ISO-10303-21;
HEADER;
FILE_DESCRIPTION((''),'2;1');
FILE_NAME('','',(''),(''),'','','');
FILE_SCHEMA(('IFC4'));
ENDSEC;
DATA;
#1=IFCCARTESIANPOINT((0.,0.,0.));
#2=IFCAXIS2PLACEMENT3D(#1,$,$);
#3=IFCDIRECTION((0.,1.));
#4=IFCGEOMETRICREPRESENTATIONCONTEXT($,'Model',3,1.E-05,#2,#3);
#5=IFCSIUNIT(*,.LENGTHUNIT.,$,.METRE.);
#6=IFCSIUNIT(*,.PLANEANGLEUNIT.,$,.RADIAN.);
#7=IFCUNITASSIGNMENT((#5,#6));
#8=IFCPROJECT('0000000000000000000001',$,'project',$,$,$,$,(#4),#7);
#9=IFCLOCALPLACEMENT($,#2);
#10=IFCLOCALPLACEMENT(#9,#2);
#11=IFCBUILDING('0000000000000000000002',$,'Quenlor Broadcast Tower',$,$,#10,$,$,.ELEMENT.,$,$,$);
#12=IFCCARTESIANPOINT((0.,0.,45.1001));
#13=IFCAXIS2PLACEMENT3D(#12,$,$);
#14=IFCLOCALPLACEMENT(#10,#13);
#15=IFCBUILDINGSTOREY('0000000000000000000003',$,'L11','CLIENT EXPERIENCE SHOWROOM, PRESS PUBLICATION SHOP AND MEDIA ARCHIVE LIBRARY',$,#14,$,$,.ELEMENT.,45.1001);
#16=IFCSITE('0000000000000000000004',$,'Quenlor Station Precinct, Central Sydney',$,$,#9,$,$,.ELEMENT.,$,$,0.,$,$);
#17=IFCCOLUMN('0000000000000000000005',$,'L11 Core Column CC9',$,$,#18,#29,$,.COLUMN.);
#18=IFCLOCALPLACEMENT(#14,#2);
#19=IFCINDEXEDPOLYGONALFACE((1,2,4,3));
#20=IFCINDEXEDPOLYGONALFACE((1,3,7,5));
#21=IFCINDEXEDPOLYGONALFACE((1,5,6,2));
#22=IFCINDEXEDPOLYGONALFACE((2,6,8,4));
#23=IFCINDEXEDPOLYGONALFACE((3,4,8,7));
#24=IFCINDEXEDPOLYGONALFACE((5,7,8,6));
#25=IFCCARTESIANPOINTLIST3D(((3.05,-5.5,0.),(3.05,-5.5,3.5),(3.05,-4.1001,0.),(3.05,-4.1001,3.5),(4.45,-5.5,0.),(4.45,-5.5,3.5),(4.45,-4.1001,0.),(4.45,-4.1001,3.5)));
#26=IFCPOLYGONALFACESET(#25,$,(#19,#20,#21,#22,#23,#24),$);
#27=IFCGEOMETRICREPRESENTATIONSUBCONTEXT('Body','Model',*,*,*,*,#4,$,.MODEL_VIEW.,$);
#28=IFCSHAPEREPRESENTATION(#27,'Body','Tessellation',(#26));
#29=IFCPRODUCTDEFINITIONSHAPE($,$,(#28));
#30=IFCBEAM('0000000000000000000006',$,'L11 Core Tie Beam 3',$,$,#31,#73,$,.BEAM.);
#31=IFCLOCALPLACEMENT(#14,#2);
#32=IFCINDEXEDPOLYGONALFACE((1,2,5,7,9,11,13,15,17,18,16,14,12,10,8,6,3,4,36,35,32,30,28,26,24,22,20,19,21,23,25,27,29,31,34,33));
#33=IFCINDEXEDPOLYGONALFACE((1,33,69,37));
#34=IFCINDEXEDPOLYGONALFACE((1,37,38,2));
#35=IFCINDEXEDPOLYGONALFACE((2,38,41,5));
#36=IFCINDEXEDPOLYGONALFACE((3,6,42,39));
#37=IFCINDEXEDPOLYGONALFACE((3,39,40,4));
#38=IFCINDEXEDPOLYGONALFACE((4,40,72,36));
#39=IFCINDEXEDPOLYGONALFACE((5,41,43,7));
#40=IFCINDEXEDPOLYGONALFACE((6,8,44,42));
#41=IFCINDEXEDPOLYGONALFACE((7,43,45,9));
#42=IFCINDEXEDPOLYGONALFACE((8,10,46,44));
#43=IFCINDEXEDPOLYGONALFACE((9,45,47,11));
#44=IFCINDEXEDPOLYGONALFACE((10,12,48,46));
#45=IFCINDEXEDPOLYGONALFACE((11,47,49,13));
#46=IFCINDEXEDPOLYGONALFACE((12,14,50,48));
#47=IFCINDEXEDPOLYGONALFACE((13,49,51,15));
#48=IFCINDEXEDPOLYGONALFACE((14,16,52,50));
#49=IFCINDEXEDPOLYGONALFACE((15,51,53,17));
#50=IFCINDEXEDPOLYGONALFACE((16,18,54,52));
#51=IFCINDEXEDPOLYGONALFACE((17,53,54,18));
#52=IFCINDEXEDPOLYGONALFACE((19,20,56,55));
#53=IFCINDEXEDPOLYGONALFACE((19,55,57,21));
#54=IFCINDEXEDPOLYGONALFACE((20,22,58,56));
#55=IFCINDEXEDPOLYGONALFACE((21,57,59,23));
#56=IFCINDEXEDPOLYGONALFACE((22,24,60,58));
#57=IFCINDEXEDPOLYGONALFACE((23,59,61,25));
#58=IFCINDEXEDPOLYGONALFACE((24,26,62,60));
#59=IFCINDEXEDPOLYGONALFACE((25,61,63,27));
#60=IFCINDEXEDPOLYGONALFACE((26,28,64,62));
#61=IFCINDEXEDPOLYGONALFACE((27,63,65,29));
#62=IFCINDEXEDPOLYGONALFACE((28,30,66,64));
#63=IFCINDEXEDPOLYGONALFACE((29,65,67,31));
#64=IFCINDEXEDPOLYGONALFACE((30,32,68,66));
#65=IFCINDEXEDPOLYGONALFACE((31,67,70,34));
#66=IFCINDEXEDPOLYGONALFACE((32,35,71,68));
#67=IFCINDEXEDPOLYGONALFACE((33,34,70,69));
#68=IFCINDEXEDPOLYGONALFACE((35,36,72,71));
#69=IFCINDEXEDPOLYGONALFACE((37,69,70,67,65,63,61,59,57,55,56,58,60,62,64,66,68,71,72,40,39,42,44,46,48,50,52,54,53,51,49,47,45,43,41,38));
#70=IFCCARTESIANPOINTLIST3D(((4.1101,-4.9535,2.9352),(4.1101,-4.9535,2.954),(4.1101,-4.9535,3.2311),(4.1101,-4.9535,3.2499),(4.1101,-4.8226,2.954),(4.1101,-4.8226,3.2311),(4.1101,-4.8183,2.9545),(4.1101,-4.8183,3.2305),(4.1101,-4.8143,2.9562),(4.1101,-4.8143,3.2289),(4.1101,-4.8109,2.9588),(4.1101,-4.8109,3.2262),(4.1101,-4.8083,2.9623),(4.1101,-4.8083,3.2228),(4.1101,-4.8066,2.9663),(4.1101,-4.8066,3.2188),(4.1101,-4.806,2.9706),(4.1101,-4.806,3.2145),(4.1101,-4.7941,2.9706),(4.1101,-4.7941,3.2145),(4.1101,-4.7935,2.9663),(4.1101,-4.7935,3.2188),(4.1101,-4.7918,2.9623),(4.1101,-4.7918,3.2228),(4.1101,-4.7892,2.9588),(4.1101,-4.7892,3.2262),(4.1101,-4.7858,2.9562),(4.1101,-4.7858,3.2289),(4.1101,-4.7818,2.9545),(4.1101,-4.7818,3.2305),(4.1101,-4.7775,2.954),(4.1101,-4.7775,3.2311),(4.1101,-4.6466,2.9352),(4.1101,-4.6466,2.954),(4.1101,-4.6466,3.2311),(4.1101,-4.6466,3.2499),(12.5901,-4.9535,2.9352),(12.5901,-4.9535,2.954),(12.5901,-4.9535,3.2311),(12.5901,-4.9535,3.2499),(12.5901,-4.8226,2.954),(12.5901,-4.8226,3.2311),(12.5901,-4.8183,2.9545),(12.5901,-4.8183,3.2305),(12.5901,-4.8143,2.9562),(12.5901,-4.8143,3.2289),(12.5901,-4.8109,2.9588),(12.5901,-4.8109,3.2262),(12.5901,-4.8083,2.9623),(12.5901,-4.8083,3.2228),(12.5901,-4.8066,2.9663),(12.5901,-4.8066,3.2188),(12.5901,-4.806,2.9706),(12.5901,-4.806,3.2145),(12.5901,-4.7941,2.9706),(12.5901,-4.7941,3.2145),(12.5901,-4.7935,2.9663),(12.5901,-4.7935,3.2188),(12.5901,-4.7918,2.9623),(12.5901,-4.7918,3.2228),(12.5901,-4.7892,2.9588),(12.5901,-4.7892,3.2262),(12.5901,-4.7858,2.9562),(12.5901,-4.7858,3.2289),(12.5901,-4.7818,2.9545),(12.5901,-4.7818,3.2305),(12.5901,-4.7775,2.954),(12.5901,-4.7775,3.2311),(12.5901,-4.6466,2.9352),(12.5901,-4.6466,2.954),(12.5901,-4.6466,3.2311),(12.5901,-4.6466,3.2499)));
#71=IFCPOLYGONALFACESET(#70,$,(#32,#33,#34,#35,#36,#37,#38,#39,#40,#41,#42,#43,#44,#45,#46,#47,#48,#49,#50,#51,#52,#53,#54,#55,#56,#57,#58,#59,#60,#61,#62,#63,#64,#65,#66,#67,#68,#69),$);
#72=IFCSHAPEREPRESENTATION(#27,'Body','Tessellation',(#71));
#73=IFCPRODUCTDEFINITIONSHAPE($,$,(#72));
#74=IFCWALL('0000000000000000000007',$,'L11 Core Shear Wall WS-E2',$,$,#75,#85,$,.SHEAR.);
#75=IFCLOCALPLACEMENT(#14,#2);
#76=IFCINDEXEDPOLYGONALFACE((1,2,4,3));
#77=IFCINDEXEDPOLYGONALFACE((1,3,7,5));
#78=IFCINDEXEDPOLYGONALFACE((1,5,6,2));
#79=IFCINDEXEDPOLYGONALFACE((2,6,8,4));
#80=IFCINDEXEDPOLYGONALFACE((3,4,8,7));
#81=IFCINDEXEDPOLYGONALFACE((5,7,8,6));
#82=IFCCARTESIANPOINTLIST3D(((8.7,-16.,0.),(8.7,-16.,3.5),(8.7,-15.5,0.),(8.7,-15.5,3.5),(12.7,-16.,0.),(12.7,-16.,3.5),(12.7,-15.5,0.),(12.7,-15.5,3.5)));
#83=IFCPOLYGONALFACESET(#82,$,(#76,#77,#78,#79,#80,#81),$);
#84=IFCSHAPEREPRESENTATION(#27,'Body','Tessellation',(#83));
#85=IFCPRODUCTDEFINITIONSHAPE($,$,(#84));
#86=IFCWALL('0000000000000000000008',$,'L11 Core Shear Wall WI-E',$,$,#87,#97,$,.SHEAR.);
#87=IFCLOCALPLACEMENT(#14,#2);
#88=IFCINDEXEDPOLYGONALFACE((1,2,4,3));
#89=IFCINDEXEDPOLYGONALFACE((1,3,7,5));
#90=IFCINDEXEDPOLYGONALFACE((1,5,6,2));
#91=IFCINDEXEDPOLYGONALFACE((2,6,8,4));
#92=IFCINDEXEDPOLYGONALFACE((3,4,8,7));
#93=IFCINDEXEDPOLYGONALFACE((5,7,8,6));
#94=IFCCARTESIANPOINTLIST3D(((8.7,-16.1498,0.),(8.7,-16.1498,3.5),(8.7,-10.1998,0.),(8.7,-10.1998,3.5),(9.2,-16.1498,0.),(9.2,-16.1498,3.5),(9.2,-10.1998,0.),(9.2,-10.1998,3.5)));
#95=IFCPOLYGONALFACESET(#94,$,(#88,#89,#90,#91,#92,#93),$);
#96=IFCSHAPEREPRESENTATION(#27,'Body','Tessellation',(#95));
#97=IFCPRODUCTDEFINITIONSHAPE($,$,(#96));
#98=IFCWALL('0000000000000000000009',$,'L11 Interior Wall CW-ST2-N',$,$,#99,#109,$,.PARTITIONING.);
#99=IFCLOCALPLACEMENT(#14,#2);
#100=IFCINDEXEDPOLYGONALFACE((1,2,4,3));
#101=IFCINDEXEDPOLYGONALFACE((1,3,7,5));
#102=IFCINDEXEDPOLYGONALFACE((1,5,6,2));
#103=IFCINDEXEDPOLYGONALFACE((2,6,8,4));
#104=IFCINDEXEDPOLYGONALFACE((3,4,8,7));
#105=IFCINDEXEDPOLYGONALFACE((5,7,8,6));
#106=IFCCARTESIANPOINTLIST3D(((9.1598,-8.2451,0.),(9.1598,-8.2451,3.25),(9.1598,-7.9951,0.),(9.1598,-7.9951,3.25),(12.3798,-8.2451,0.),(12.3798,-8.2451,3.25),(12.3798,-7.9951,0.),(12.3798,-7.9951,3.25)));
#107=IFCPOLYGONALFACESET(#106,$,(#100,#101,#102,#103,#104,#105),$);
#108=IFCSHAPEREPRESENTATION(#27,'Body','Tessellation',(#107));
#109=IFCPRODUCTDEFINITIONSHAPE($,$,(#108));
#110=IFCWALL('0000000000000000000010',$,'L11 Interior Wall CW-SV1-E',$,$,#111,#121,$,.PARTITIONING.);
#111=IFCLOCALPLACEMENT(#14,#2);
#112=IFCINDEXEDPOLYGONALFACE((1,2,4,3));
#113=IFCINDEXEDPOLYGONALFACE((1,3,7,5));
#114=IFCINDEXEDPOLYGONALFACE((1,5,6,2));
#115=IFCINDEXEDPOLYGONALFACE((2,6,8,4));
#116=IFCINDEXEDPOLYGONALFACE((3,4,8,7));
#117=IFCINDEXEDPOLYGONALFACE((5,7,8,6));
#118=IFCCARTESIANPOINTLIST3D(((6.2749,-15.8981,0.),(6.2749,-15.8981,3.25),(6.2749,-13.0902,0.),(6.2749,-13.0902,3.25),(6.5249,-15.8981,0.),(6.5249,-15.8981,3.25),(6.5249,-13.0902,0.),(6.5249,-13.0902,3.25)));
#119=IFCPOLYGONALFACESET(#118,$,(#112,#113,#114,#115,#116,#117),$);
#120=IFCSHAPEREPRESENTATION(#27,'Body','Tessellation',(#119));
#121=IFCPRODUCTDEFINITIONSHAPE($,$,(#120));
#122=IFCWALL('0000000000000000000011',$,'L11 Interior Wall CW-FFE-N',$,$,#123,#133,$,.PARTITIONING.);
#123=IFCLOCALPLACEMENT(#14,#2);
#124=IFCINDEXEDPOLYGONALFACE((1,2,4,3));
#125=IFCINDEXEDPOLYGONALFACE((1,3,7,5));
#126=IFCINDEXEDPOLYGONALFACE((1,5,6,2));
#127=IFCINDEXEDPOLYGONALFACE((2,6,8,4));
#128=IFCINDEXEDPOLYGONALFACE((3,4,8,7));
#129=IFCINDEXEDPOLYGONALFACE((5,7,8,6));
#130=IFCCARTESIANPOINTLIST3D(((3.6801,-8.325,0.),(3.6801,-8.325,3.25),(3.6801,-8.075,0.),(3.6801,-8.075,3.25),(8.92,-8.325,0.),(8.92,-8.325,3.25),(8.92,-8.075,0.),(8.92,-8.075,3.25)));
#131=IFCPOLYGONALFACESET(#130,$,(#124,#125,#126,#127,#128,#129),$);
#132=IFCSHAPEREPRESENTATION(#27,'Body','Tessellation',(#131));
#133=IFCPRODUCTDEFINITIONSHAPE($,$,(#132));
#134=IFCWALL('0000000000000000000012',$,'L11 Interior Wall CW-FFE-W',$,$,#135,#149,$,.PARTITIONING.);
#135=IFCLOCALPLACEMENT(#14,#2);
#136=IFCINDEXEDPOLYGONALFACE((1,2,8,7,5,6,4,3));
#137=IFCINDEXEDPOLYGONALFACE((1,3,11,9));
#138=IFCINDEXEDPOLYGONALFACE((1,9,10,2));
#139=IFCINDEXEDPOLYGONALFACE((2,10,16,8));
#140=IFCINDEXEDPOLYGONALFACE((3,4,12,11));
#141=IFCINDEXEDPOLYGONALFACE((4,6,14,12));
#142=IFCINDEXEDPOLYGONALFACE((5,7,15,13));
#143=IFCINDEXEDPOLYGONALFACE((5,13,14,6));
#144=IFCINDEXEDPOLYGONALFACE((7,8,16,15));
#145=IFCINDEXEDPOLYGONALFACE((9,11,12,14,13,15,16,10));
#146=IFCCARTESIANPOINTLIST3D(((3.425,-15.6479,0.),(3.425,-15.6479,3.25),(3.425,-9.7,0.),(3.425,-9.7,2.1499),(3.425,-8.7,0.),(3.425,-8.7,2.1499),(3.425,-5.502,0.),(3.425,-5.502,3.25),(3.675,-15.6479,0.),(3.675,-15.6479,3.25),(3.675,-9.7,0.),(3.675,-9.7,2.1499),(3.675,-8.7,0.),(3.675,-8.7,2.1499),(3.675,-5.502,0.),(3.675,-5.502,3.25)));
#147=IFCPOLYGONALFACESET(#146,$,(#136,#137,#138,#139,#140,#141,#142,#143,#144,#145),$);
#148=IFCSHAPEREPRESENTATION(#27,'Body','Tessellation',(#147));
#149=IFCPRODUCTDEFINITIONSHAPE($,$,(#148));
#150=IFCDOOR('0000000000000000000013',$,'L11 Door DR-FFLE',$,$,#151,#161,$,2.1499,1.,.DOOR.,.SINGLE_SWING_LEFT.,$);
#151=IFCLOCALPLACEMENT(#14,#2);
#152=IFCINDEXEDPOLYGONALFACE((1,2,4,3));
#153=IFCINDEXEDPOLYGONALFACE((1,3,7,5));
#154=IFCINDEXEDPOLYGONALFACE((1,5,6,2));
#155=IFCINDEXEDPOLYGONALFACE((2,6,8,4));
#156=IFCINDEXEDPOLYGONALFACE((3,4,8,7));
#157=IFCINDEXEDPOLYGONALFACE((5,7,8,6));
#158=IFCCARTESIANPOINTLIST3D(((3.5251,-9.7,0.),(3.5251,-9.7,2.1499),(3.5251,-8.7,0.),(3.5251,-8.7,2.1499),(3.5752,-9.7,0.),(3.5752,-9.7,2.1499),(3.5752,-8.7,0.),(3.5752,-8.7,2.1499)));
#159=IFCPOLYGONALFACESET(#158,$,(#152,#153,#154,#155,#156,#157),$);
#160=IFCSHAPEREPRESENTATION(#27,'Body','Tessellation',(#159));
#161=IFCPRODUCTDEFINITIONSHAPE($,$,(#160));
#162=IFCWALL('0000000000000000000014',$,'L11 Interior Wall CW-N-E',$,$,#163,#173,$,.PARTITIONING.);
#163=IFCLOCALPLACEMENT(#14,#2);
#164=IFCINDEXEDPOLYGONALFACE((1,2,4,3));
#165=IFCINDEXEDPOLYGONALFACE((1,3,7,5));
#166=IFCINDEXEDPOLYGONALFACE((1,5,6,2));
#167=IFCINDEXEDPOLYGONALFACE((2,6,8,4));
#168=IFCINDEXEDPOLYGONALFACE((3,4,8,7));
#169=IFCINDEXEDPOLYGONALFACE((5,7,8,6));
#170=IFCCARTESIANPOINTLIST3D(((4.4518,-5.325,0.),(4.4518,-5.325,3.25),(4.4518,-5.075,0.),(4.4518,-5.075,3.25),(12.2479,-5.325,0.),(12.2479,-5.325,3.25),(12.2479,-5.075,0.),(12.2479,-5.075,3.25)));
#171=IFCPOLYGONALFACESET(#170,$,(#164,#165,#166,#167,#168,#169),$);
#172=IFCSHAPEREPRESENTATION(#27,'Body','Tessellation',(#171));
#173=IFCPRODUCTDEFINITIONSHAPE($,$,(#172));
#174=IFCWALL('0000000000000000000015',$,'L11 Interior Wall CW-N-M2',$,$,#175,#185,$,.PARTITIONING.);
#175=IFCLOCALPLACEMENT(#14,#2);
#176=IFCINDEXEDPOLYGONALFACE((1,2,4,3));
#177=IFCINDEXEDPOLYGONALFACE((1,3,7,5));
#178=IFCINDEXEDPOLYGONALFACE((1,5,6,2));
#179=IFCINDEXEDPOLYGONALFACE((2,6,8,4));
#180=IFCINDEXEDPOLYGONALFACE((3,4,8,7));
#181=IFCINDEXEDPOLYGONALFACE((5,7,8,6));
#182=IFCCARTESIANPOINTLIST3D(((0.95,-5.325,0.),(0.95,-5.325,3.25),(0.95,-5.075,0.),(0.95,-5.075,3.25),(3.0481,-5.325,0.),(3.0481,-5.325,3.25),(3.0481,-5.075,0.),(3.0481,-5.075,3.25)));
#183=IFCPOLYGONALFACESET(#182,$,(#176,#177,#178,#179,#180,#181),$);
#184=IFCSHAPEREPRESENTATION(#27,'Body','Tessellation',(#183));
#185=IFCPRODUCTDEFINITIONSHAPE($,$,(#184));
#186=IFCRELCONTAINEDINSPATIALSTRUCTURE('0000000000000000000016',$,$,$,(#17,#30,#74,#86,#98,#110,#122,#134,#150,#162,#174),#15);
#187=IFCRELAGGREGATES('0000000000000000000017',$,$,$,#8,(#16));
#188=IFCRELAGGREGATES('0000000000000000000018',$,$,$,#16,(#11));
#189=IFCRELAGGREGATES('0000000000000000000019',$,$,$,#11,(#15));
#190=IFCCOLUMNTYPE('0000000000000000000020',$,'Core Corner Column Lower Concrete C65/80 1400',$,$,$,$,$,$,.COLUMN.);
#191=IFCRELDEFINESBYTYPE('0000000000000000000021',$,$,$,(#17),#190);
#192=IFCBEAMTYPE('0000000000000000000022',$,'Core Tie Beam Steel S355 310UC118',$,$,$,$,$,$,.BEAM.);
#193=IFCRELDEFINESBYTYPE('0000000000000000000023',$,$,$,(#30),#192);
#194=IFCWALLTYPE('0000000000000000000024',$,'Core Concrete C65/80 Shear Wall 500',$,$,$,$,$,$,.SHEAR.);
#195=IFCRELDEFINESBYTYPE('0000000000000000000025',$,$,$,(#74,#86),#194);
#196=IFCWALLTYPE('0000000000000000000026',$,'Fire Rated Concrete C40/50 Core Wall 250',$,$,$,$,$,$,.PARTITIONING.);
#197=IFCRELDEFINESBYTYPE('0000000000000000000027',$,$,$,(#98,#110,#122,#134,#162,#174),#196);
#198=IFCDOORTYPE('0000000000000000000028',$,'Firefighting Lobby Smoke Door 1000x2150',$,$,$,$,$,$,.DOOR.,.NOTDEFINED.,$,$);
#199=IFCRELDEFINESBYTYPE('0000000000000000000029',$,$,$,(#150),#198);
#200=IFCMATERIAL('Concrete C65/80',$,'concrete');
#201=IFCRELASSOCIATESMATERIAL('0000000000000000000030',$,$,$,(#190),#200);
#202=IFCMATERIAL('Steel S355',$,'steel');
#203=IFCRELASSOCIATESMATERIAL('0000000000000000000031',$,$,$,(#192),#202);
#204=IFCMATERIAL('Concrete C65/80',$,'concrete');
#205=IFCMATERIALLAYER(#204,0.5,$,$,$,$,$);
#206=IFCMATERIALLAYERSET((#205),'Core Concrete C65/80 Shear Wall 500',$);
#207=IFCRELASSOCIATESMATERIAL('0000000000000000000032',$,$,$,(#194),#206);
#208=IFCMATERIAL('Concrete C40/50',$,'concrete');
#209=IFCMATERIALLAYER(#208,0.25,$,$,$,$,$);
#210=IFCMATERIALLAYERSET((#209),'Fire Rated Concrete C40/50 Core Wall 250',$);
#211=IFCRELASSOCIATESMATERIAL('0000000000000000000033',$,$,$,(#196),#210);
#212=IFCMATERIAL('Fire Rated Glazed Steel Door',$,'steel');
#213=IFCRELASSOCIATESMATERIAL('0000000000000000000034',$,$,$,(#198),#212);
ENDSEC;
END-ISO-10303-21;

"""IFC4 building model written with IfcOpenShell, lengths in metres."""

from ifc_helpers import new_model, si_unit, direction, frame, frame_2d, origin, origin_2d, place, context, subcontext, project, spatial, rectangle, i_section, extrude, material, layer, layer_set, material_profile, profile_set, type_object, element, fill, save


model = new_model("IFC4")

# Units and contexts
model_context = context("Model", 3, precision=1e-05, world=origin(), true_north=direction((0.0, 1.0)))
body_context = subcontext(model_context, "Body", "Model", "MODEL_VIEW")
ifc_project = project(units=[si_unit("LENGTHUNIT", "METRE"), si_unit("PLANEANGLEUNIT", "RADIAN")], contexts=[model_context])

# Site, building, storey
site_placement = place(None, origin())
site = spatial("IfcSite", under=ifc_project, at=site_placement, Name="Quenlor Station Precinct, Central Sydney", CompositionType="ELEMENT", RefElevation=0.0)
building_placement = place(site_placement, origin())
building = spatial("IfcBuilding", under=site, at=building_placement, Name="Quenlor Broadcast Tower", CompositionType="ELEMENT")
storey_placement = place(building_placement, frame((0.0, 0.0, 45.1001)))
storey = spatial("IfcBuildingStorey", under=building, at=storey_placement, Name="L11", Description="CLIENT EXPERIENCE SHOWROOM, PRESS PUBLICATION SHOP AND MEDIA ARCHIVE LIBRARY", CompositionType="ELEMENT", Elevation=45.1001)

# Column
ifc_material_1 = material(Name="Concrete C65/80", Category="concrete")
ifc_material_profile_1 = material_profile(ifc_material_1, rectangle(XDim=1.3999, YDim=1.3999, at=origin_2d()))
ifc_profile_set_1 = profile_set([ifc_material_profile_1], Name="Concrete C65/80 RC1400x1400")
column_type = type_object("IfcColumnType", Name="Core Corner Column Lower Concrete C65/80 1400", PredefinedType="COLUMN", material=ifc_profile_set_1)
column_placement = place(storey_placement, frame((3.75, -4.8, 0.0), z_axis=(0.0, 0.0, 1.0), x_axis=(1.0, 0.0, 0.0)))
element("IfcColumn", 1, at=column_placement, inside=storey, type_object=column_type, Name="L11 Core Column CC9", PredefinedType="COLUMN", context=body_context, shape_type="SweptSolid", body=[
    extrude(rectangle(XDim=1.3999, YDim=1.3999, at=origin_2d()), origin(), (0.0, 0.0, 1.0), 3.5),
])

# Beam
ifc_material_2 = material(Name="Steel S355", Category="steel")
ifc_material_profile_2 = material_profile(ifc_material_2, i_section(OverallWidth=0.3069, OverallDepth=0.3147, WebThickness=0.012, FlangeThickness=0.0188, FilletRadius=0.0166, at=origin_2d()))
ifc_profile_set_2 = profile_set([ifc_material_profile_2], Name="Steel S355 310UC118")
beam_type = type_object("IfcBeamType", Name="Core Tie Beam Steel S355 310UC118", PredefinedType="BEAM", material=ifc_profile_set_2)
beam_placement = place(storey_placement, frame((4.1101, -4.8, 3.0925), z_axis=(1.0, 0.0, 0.0), x_axis=(0.0, 1.0, 0.0)))
element("IfcBeam", 2, at=beam_placement, inside=storey, type_object=beam_type, Name="L11 Core Tie Beam 3", PredefinedType="BEAM", context=body_context, shape_type="SweptSolid", body=[
    extrude(i_section(OverallWidth=0.3069, OverallDepth=0.3147, WebThickness=0.012, FlangeThickness=0.0188, FilletRadius=0.0166, at=origin_2d()), origin(), (0.0, 0.0, 1.0), 8.48),
])

# Walls
ifc_material_3 = material(Name="Concrete C65/80", Category="concrete")
ifc_layer_1 = layer(ifc_material_3, 0.5)
ifc_layer_set_1 = layer_set([ifc_layer_1], Name="Core Concrete C65/80 Shear Wall 500")
wall_type_1 = type_object("IfcWallType", Name="Core Concrete C65/80 Shear Wall 500", PredefinedType="SHEAR", material=ifc_layer_set_1)
wall_1_placement = place(storey_placement, frame((8.7, -15.75, 0.0), z_axis=(0.0, 0.0, 1.0), x_axis=(1.0, 0.0, 0.0)))
element("IfcWall", 3, at=wall_1_placement, inside=storey, type_object=wall_type_1, Name="L11 Core Shear Wall WS-E2", PredefinedType="SHEAR", context=body_context, shape_type="SweptSolid", body=[
    extrude(rectangle(XDim=4.0, YDim=0.5, at=frame_2d((2.0, 0.0))), origin(), (0.0, 0.0, 1.0), 3.5),
])
wall_2_placement = place(storey_placement, frame((8.95, -16.1499, 0.0), z_axis=(0.0, 0.0, 1.0), x_axis=(0.0, 1.0, 0.0)))
element("IfcWall", 4, at=wall_2_placement, inside=storey, type_object=wall_type_1, Name="L11 Core Shear Wall WI-E", PredefinedType="SHEAR", context=body_context, shape_type="SweptSolid", body=[
    extrude(rectangle(XDim=5.95, YDim=0.5, at=frame_2d((2.9751, 0.0))), origin(), (0.0, 0.0, 1.0), 3.5),
])

# Shared definitions
ifc_material_4 = material(Name="Concrete C40/50", Category="concrete")
ifc_layer_2 = layer(ifc_material_4, 0.25)
ifc_layer_set_2 = layer_set([ifc_layer_2], Name="Fire Rated Concrete C40/50 Core Wall 250")
wall_type_2 = type_object("IfcWallType", Name="Fire Rated Concrete C40/50 Core Wall 250", PredefinedType="PARTITIONING", material=ifc_layer_set_2)

# Wall
wall_3_placement = place(storey_placement, frame((9.1599, -8.1201, 0.0), z_axis=(0.0, 0.0, 1.0), x_axis=(1.0, 0.0, 0.0)))
element("IfcWall", 5, at=wall_3_placement, inside=storey, type_object=wall_type_2, Name="L11 Interior Wall CW-ST2-N", PredefinedType="PARTITIONING", context=body_context, shape_type="SweptSolid", body=[
    extrude(rectangle(XDim=3.22, YDim=0.25, at=frame_2d((1.6099, 0.0))), origin(), (0.0, 0.0, 1.0), 3.25),
])

# Walls
wall_4_placement = place(storey_placement, frame((6.3999, -15.8979, 0.0), z_axis=(0.0, 0.0, 1.0), x_axis=(0.0, 1.0, 0.0)))
element("IfcWall", 6, at=wall_4_placement, inside=storey, type_object=wall_type_2, Name="L11 Interior Wall CW-SV1-E", PredefinedType="PARTITIONING", context=body_context, shape_type="SweptSolid", body=[
    extrude(rectangle(XDim=2.8079, YDim=0.25, at=frame_2d((1.4038, 0.0))), origin(), (0.0, 0.0, 1.0), 3.25),
])
wall_5_placement = place(storey_placement, frame((3.6799, -8.2, 0.0), z_axis=(0.0, 0.0, 1.0), x_axis=(1.0, 0.0, 0.0)))
element("IfcWall", 7, at=wall_5_placement, inside=storey, type_object=wall_type_2, Name="L11 Interior Wall CW-FFE-N", PredefinedType="PARTITIONING", context=body_context, shape_type="SweptSolid", body=[
    extrude(rectangle(XDim=5.24, YDim=0.25, at=frame_2d((2.6201, 0.0))), origin(), (0.0, 0.0, 1.0), 3.25),
])

# Wall, opening, door
wall_6_placement = place(storey_placement, frame((3.55, -15.6479, 0.0), z_axis=(0.0, 0.0, 1.0), x_axis=(0.0, 1.0, 0.0)))
wall_6 = element("IfcWall", 8, at=wall_6_placement, inside=storey, type_object=wall_type_2, Name="L11 Interior Wall CW-FFE-W", PredefinedType="PARTITIONING", context=body_context, shape_type="SweptSolid", body=[
    extrude(rectangle(XDim=10.146, YDim=0.25, at=frame_2d((5.073, 0.0))), origin(), (0.0, 0.0, 1.0), 3.25),
])
opening_1_placement = place(wall_6_placement, frame((5.948, 0.0, 0.0)))
opening_1 = element("IfcOpeningElement", 9, at=opening_1_placement, cuts=wall_6, PredefinedType="OPENING", context=body_context, shape_type="SweptSolid", body=[
    extrude(rectangle(XDim=1.0, YDim=2.1499, at=frame_2d((0.5, 1.075))), frame((0.0, 0.135, 0.0), z_axis=(0.0, -1.0, 0.0), x_axis=(1.0, 0.0, 0.0)), (0.0, 0.0, 1.0), 0.27),
])
ifc_material_5 = material(Name="Fire Rated Glazed Steel Door", Category="steel")
door_type_1 = type_object("IfcDoorType", Name="Firefighting Lobby Smoke Door 1000x2150", OperationType="NOTDEFINED", PredefinedType="DOOR", material=ifc_material_5)
door_1_placement = place(opening_1_placement, origin())
door_1 = element("IfcDoor", 10, at=door_1_placement, inside=storey, type_object=door_type_1, Name="L11 Door DR-FFLE", OperationType="SINGLE_SWING_LEFT", OverallHeight=2.1499, OverallWidth=1.0, PredefinedType="DOOR", context=body_context, shape_type="SweptSolid", body=[
    extrude(rectangle(XDim=1.0, YDim=2.1499, at=frame_2d((0.5, 1.075))), frame((0.0, 0.0249, 0.0), z_axis=(0.0, -1.0, 0.0), x_axis=(1.0, 0.0, 0.0)), (0.0, 0.0, 1.0), 0.05),
])
fill(opening_1, door_1)

# Walls
wall_7_placement = place(storey_placement, frame((4.4519, -5.2, 0.0), z_axis=(0.0, 0.0, 1.0), x_axis=(1.0, 0.0, 0.0)))
element("IfcWall", 11, at=wall_7_placement, inside=storey, type_object=wall_type_2, Name="L11 Interior Wall CW-N-E", PredefinedType="PARTITIONING", context=body_context, shape_type="SweptSolid", body=[
    extrude(rectangle(XDim=7.7961, YDim=0.25, at=frame_2d((3.8979, 0.0))), origin(), (0.0, 0.0, 1.0), 3.25),
])
wall_8_placement = place(storey_placement, frame((0.95, -5.2, 0.0), z_axis=(0.0, 0.0, 1.0), x_axis=(1.0, 0.0, 0.0)))
element("IfcWall", 12, at=wall_8_placement, inside=storey, type_object=wall_type_2, Name="L11 Interior Wall CW-N-M2", PredefinedType="PARTITIONING", context=body_context, shape_type="SweptSolid", body=[
    extrude(rectangle(XDim=2.0981, YDim=0.25, at=frame_2d((1.0491, 0.0))), origin(), (0.0, 0.0, 1.0), 3.25),
])

save(model, "model.ifc")
